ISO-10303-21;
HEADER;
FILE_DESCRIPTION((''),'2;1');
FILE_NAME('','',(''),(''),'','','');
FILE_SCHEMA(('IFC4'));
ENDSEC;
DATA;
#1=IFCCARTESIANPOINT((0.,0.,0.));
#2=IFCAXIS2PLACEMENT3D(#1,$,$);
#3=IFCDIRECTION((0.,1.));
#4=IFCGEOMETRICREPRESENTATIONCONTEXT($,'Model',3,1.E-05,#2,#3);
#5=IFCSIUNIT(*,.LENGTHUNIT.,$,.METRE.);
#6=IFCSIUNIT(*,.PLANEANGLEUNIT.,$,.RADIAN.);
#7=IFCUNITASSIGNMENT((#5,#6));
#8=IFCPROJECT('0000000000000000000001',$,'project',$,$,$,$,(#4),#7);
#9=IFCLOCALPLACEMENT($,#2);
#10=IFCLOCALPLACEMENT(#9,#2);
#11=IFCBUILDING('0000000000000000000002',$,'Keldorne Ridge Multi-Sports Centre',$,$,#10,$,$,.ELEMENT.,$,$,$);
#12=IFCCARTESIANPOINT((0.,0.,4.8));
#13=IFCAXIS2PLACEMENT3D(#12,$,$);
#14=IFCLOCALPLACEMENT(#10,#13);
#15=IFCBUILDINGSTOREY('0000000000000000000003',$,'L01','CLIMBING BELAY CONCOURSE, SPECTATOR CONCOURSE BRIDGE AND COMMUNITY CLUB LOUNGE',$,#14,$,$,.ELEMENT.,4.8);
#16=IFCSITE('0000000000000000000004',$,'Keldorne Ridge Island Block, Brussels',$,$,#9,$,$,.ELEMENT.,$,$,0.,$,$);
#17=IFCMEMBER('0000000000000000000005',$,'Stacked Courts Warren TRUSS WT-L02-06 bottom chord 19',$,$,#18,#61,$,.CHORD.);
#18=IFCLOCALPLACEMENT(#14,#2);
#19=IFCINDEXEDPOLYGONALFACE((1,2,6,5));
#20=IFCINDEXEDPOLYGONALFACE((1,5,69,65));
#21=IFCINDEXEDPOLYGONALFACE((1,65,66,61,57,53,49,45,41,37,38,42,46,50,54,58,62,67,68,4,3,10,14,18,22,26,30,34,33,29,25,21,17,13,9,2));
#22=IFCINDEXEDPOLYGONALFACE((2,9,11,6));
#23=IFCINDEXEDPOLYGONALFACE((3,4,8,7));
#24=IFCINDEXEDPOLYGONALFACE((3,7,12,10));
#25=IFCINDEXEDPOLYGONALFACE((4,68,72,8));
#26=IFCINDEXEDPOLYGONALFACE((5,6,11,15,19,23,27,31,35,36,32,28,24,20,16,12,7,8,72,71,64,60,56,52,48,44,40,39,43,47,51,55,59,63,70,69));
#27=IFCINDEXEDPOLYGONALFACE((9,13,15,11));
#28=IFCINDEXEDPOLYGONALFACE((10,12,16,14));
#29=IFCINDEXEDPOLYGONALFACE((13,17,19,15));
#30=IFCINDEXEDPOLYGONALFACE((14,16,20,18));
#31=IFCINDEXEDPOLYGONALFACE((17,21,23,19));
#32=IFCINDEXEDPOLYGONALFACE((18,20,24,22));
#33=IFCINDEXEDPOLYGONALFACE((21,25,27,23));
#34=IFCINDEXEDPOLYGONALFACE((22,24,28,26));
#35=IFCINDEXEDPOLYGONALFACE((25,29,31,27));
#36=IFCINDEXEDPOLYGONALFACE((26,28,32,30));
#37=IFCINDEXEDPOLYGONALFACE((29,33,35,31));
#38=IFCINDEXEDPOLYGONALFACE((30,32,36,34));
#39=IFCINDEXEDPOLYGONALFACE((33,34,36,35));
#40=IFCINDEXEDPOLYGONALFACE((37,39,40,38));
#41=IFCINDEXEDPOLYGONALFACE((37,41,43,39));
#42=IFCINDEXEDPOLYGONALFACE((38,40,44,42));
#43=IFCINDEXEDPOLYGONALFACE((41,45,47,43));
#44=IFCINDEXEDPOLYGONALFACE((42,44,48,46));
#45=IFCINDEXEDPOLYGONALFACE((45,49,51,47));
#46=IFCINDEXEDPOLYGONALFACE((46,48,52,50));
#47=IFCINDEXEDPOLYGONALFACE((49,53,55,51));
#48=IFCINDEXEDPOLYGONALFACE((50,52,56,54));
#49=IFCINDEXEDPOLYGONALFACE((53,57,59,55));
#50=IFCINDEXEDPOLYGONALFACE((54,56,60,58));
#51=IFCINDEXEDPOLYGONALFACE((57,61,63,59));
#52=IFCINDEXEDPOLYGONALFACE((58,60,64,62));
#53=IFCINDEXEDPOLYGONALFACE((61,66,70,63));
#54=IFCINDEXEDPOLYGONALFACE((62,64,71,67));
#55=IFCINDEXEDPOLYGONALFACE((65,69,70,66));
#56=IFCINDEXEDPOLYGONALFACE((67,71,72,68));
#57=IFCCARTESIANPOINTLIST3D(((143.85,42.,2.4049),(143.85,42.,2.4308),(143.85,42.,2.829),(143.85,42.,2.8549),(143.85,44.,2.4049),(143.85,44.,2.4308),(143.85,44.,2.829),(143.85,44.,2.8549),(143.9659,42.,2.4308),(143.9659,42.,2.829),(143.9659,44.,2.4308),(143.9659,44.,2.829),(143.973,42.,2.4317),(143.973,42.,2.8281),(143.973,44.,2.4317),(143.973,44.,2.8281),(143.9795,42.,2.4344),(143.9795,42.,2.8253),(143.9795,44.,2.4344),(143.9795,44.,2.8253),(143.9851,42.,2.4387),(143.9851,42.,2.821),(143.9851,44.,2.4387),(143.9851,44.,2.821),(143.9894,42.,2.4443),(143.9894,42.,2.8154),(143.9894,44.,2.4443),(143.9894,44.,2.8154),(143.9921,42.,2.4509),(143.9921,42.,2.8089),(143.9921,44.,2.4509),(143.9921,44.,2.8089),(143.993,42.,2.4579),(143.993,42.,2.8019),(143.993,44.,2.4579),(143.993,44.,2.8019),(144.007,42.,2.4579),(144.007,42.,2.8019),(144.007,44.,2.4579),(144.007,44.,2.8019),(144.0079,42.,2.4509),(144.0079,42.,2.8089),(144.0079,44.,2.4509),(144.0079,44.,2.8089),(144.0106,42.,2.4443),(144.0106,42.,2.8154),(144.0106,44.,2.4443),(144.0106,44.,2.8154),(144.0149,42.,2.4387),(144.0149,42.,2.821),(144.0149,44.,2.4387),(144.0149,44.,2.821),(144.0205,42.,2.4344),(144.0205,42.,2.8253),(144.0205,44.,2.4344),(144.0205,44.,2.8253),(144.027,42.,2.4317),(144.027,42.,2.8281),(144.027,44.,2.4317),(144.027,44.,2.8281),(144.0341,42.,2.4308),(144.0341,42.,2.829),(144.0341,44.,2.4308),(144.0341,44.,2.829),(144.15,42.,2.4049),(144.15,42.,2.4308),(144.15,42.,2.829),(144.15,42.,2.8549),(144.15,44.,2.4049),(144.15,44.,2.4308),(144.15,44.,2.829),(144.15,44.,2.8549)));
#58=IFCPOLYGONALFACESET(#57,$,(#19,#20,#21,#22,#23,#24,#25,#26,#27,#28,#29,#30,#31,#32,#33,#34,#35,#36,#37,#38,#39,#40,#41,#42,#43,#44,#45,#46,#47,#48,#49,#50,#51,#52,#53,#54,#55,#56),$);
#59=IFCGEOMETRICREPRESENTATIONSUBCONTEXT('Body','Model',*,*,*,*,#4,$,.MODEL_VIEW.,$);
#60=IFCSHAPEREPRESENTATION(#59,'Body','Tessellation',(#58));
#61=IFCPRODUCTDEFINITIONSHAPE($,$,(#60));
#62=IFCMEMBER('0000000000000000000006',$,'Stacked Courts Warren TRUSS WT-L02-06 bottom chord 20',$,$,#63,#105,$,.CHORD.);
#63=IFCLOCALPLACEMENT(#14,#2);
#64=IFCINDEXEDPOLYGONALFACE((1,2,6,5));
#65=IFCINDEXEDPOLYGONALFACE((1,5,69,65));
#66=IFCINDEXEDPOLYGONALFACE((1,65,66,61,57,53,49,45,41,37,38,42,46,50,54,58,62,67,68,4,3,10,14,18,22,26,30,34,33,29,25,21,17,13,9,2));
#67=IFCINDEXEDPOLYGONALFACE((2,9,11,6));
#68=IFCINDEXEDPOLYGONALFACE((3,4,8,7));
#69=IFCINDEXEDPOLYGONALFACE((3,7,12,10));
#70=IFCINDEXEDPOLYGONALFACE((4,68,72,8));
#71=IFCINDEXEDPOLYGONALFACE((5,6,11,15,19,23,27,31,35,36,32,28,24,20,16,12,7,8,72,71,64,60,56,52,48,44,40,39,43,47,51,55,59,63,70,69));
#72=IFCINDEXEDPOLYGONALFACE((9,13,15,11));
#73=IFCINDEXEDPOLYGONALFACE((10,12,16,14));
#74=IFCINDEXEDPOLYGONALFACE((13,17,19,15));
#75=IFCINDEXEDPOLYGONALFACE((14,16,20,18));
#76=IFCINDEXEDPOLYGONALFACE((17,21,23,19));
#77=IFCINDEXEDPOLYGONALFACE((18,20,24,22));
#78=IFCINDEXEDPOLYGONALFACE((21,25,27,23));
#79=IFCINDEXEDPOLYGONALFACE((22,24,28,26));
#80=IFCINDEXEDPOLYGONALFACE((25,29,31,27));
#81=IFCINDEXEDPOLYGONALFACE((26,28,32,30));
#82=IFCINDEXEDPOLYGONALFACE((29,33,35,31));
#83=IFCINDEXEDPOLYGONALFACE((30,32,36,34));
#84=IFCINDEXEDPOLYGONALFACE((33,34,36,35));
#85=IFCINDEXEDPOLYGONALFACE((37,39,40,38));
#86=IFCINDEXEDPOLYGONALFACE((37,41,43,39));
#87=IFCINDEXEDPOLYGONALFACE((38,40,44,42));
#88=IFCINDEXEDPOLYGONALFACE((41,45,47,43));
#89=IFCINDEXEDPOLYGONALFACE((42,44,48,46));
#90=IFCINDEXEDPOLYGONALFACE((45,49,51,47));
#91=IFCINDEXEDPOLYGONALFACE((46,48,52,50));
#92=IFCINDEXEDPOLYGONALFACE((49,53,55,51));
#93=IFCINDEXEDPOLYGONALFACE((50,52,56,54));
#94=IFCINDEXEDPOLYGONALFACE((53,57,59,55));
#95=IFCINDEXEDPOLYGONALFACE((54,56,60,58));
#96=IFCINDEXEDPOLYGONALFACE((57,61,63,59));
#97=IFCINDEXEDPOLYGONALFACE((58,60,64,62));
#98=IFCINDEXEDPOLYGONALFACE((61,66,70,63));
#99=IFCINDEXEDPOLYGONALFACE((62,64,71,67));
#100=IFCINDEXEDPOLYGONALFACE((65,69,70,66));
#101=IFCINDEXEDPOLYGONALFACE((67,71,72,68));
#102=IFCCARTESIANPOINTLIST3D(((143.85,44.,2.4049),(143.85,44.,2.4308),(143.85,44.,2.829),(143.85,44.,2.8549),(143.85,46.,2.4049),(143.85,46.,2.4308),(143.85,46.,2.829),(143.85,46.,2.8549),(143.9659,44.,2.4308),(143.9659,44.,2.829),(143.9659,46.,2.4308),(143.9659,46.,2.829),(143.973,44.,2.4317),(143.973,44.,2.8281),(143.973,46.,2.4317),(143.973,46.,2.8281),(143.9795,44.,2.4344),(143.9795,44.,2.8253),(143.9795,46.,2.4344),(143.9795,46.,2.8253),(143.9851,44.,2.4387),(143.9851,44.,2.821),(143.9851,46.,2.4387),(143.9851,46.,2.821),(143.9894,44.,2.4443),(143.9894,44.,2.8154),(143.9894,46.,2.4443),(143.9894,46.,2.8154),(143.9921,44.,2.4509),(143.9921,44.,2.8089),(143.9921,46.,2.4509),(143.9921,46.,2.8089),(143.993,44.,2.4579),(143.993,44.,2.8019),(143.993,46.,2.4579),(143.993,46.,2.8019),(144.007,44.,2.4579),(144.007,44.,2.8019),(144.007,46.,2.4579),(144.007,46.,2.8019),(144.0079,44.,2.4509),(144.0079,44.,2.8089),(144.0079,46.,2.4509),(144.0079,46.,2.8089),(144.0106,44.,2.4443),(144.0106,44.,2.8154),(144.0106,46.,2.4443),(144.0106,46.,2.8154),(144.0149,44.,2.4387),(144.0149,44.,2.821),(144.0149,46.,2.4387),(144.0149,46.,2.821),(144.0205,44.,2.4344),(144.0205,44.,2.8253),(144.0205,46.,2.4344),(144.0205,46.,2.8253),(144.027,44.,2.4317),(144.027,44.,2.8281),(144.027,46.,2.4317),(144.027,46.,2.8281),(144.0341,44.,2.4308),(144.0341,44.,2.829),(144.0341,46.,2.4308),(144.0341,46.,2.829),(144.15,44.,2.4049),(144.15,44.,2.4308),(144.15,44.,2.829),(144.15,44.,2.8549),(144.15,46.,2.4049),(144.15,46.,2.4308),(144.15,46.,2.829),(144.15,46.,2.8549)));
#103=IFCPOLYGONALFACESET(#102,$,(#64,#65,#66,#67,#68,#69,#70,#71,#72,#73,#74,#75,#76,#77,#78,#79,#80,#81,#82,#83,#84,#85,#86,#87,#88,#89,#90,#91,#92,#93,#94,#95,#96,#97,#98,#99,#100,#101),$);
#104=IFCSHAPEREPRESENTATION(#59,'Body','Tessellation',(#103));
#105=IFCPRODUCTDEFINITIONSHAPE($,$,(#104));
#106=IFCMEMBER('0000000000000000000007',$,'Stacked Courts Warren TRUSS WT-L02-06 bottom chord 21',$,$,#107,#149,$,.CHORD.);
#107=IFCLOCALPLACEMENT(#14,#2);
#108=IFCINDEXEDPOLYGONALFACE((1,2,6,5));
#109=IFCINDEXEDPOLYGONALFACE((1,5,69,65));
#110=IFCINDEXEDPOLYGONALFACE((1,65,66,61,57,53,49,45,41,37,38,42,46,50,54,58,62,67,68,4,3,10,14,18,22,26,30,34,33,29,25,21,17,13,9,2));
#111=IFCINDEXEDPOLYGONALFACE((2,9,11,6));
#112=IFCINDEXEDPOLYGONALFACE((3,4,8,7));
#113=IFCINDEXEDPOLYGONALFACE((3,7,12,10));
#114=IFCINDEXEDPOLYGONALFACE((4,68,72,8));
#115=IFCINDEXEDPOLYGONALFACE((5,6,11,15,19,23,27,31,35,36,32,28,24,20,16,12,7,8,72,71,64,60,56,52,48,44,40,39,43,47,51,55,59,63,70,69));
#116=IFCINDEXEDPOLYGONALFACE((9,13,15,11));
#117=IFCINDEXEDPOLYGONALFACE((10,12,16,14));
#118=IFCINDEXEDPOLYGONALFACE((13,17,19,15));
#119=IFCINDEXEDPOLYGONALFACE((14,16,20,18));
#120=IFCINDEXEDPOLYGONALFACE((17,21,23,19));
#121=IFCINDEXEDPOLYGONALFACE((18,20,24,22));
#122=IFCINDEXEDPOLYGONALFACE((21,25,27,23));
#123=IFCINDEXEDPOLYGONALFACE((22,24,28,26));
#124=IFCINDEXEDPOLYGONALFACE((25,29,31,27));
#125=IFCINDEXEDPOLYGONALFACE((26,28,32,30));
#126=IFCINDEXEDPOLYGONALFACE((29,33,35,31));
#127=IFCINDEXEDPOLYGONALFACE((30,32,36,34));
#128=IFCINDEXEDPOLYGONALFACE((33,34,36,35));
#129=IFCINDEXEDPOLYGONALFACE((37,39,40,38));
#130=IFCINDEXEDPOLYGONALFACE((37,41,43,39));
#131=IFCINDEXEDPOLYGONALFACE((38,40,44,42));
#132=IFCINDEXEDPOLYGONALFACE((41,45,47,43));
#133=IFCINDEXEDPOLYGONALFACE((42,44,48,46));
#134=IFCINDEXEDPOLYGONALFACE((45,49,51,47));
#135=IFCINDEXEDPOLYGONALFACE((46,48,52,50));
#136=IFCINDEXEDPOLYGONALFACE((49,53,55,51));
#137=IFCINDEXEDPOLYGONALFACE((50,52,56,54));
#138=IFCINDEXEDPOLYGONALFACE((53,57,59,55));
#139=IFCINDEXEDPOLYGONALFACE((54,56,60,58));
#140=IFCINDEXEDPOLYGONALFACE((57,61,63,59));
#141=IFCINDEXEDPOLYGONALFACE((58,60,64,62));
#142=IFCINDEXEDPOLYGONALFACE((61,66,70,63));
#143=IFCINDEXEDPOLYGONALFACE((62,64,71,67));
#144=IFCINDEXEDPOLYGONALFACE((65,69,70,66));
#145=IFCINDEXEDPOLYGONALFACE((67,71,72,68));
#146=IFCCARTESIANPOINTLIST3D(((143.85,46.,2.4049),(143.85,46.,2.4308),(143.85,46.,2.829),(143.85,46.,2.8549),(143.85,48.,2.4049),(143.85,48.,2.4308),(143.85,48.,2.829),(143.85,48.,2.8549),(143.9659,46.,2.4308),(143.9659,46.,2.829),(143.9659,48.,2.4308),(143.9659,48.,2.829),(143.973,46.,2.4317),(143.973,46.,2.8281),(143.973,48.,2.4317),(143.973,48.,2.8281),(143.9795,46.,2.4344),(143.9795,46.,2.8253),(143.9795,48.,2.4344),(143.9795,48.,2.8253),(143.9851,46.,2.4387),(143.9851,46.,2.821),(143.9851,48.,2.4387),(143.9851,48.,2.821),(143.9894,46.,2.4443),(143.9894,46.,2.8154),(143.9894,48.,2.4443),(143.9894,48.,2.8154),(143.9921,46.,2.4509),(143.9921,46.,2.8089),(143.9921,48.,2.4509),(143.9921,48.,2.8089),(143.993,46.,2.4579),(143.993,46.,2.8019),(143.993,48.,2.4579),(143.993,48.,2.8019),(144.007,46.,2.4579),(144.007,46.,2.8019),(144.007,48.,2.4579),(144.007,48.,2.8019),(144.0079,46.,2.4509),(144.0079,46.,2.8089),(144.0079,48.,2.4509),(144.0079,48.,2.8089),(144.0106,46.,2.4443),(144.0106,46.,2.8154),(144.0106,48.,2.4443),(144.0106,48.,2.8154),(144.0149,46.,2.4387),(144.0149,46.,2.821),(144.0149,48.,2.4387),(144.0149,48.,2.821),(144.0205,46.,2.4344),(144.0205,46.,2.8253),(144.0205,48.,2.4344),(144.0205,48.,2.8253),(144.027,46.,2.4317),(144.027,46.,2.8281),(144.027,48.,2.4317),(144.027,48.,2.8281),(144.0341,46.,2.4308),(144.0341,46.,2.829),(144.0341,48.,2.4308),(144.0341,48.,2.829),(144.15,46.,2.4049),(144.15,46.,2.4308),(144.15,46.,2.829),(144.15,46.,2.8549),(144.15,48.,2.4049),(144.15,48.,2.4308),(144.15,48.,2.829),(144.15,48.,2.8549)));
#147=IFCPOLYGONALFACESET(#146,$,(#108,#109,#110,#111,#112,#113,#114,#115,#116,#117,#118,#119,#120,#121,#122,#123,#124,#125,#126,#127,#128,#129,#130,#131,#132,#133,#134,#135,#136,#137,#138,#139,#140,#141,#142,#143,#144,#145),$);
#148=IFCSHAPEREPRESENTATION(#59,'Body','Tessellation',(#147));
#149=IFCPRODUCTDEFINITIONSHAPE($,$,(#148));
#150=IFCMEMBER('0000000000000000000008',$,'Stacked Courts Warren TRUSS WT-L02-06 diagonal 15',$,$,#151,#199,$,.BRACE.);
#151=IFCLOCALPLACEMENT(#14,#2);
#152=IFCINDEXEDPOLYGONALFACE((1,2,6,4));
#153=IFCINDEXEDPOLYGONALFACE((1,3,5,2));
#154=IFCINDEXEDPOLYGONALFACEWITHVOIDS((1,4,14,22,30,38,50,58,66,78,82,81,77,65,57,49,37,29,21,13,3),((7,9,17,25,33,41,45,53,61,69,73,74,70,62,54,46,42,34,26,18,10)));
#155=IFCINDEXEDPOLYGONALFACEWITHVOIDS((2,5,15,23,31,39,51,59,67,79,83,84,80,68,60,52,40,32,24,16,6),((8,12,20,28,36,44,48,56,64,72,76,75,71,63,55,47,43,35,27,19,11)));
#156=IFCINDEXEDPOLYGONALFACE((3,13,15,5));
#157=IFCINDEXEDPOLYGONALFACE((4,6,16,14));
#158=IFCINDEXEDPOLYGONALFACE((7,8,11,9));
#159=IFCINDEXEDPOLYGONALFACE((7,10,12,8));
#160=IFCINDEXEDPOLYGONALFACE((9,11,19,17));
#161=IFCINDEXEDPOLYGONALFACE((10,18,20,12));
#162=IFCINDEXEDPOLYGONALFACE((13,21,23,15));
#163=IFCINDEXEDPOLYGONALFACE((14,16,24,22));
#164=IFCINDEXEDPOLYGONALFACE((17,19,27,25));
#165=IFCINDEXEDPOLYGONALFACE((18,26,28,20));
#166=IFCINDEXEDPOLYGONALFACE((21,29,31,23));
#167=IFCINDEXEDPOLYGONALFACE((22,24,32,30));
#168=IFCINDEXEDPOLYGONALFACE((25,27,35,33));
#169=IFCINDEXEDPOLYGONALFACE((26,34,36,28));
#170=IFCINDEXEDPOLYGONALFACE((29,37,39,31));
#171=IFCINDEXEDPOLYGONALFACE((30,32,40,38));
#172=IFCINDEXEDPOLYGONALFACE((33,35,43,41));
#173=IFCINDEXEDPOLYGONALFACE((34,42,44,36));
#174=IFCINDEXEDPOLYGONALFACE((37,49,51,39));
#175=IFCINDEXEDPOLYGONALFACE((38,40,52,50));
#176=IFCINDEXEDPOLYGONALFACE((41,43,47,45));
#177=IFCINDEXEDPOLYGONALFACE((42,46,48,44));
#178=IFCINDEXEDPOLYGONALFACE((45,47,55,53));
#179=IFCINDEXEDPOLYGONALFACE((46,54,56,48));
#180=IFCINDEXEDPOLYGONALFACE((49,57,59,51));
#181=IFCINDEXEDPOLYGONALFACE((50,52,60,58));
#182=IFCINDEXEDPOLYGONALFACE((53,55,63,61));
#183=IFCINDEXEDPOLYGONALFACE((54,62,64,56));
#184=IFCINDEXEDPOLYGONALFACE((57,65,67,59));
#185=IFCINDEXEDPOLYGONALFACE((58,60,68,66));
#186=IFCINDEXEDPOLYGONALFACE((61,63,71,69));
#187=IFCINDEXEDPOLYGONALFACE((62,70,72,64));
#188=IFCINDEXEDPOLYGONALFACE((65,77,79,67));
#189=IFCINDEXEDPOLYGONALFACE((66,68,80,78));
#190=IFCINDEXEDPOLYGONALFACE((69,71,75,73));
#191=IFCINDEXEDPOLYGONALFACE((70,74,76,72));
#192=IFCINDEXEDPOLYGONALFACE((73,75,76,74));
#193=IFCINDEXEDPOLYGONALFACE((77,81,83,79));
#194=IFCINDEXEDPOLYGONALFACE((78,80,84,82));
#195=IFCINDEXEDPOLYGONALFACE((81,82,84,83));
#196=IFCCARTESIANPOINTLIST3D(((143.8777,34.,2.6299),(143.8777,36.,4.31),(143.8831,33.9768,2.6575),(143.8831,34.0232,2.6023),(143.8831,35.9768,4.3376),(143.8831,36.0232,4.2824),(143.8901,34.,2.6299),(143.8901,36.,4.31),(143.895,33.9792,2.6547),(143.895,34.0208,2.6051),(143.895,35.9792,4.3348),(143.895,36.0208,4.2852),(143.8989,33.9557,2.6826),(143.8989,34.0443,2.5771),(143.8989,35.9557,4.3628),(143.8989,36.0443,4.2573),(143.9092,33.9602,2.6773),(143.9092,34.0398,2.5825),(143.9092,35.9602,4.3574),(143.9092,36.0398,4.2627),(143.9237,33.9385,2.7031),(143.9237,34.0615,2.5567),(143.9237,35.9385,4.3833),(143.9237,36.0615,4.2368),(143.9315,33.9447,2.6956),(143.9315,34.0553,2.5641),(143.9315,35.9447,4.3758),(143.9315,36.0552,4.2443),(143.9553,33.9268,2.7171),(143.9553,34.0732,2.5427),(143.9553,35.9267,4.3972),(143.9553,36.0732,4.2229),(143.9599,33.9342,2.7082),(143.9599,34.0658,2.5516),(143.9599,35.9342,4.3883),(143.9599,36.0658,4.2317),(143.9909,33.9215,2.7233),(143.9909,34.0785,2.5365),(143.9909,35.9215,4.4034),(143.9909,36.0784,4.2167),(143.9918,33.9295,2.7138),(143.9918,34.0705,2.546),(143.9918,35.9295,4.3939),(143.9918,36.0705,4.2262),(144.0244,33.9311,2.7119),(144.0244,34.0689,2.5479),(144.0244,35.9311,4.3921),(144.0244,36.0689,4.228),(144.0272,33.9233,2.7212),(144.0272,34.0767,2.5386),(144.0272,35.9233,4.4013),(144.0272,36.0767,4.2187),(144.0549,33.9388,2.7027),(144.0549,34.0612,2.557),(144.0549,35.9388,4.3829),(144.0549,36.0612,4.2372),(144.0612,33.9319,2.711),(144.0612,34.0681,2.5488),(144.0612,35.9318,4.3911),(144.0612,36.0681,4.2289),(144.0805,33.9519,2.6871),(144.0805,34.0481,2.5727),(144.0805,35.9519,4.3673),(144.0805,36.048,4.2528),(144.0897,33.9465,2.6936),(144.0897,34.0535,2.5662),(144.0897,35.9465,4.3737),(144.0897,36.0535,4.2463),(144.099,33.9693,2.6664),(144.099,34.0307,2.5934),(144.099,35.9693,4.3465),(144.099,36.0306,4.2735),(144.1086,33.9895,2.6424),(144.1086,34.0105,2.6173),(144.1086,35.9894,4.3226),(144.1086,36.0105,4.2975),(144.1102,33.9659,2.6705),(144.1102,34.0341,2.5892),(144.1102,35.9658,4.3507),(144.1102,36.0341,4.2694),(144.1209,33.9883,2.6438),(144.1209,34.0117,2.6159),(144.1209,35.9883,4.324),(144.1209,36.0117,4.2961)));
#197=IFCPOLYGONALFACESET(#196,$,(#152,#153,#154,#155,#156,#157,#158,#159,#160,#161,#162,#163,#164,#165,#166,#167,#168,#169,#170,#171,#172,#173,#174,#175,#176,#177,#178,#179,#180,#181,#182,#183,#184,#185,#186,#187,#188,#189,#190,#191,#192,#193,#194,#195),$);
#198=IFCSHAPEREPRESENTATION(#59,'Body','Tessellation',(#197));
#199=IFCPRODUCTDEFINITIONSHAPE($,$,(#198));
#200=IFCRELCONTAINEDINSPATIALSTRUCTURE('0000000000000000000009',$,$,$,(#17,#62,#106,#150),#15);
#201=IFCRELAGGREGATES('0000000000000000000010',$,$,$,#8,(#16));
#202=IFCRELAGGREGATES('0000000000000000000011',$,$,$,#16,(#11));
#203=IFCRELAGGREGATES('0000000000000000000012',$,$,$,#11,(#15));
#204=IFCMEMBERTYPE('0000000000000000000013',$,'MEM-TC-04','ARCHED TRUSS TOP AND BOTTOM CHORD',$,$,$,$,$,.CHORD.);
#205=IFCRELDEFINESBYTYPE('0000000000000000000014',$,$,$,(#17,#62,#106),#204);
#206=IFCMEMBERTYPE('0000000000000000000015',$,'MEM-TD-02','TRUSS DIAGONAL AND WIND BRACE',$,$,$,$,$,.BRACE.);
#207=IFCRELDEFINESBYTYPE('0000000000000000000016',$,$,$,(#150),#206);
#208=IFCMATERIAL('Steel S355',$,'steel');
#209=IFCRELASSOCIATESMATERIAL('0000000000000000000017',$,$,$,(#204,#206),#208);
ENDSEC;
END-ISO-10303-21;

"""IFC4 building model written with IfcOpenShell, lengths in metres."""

from ifc_helpers import new_model, si_unit, direction, frame, origin, origin_2d, place, context, subcontext, project, spatial, hollow_circle, i_section, extrude, material, material_profile, profile_set, type_object, element, save


model = new_model("IFC4")

# Units and contexts
model_context = context("Model", 3, precision=1e-05, world=origin(), true_north=direction((0.0, 1.0)))
body_context = subcontext(model_context, "Body", "Model", "MODEL_VIEW")
ifc_project = project(units=[si_unit("LENGTHUNIT", "METRE"), si_unit("PLANEANGLEUNIT", "RADIAN")], contexts=[model_context])

# Site, building, storey
site_placement = place(None, origin())
site = spatial("IfcSite", under=ifc_project, at=site_placement, Name="Keldorne Ridge Island Block, Brussels", CompositionType="ELEMENT", RefElevation=0.0)
building_placement = place(site_placement, origin())
building = spatial("IfcBuilding", under=site, at=building_placement, Name="Keldorne Ridge Multi-Sports Centre", CompositionType="ELEMENT")
storey_placement = place(building_placement, frame((0.0, 0.0, 4.8)))
storey = spatial("IfcBuildingStorey", under=building, at=storey_placement, Name="L01", Description="CLIMBING BELAY CONCOURSE, SPECTATOR CONCOURSE BRIDGE AND COMMUNITY CLUB LOUNGE", CompositionType="ELEMENT", Elevation=4.8)

# Members
ifc_material = material(Name="Steel S355", Category="steel")
ifc_material_profile_1 = material_profile(ifc_material, i_section(OverallWidth=0.3, OverallDepth=0.45, WebThickness=0.0139, FlangeThickness=0.0259, FilletRadius=0.0271, at=origin_2d()), Name="HEB 450")
ifc_profile_set_1 = profile_set([ifc_material_profile_1], Name="Steel S355")
member_type_1 = type_object("IfcMemberType", Name="MEM-TC-04", Description="ARCHED TRUSS TOP AND BOTTOM CHORD", PredefinedType="CHORD", material=ifc_profile_set_1)
for number, where, z_axis, x_axis, name in (
    (1, (144.0, 42.0, 2.6299), (0.0, 1.0, 0.0), (-1.0, 0.0, 0.0), "Stacked Courts Warren TRUSS WT-L02-06 bottom chord 19"),
    (2, (144.0, 44.0, 2.6299), (0.0, 1.0, 0.0), (-1.0, 0.0, 0.0), "Stacked Courts Warren TRUSS WT-L02-06 bottom chord 20"),
    (3, (144.0, 46.0, 2.6299), (0.0, 1.0, 0.0), (-1.0, 0.0, 0.0), "Stacked Courts Warren TRUSS WT-L02-06 bottom chord 21"),
):
    element("IfcMember", number, at=place(storey_placement, frame(where, z_axis=z_axis, x_axis=x_axis)), inside=storey, type_object=member_type_1, Name=name, PredefinedType="CHORD", context=body_context, shape_type="SweptSolid", body=[
        extrude(i_section(OverallWidth=0.3, OverallDepth=0.45, WebThickness=0.0139, FlangeThickness=0.0259, FilletRadius=0.0271, at=origin_2d()), origin(), (0.0, 0.0, 1.0), 2.0),
    ])
ifc_material_profile_2 = material_profile(ifc_material, hollow_circle(Radius=0.1223, WallThickness=0.0125, at=origin_2d()), Name="CHS 244.5x12.5")
ifc_profile_set_2 = profile_set([ifc_material_profile_2], Name="Steel S355")
member_type_2 = type_object("IfcMemberType", Name="MEM-TD-02", Description="TRUSS DIAGONAL AND WIND BRACE", PredefinedType="BRACE", material=ifc_profile_set_2)
for number, where, z_axis, x_axis, name in (
    (4, (144.0, 34.0, 2.6299), (0.0, 0.765672, 0.643232), (-1.0, 0.0, 0.0), "Stacked Courts Warren TRUSS WT-L02-06 diagonal 15"),
):
    element("IfcMember", number, at=place(storey_placement, frame(where, z_axis=z_axis, x_axis=x_axis)), inside=storey, type_object=member_type_2, Name=name, PredefinedType="BRACE", context=body_context, shape_type="SweptSolid", body=[
        extrude(hollow_circle(Radius=0.1223, WallThickness=0.0125, at=origin_2d()), origin(), (0.0, 0.0, 1.0), 2.6121),
    ])

save(model, "model.ifc")
